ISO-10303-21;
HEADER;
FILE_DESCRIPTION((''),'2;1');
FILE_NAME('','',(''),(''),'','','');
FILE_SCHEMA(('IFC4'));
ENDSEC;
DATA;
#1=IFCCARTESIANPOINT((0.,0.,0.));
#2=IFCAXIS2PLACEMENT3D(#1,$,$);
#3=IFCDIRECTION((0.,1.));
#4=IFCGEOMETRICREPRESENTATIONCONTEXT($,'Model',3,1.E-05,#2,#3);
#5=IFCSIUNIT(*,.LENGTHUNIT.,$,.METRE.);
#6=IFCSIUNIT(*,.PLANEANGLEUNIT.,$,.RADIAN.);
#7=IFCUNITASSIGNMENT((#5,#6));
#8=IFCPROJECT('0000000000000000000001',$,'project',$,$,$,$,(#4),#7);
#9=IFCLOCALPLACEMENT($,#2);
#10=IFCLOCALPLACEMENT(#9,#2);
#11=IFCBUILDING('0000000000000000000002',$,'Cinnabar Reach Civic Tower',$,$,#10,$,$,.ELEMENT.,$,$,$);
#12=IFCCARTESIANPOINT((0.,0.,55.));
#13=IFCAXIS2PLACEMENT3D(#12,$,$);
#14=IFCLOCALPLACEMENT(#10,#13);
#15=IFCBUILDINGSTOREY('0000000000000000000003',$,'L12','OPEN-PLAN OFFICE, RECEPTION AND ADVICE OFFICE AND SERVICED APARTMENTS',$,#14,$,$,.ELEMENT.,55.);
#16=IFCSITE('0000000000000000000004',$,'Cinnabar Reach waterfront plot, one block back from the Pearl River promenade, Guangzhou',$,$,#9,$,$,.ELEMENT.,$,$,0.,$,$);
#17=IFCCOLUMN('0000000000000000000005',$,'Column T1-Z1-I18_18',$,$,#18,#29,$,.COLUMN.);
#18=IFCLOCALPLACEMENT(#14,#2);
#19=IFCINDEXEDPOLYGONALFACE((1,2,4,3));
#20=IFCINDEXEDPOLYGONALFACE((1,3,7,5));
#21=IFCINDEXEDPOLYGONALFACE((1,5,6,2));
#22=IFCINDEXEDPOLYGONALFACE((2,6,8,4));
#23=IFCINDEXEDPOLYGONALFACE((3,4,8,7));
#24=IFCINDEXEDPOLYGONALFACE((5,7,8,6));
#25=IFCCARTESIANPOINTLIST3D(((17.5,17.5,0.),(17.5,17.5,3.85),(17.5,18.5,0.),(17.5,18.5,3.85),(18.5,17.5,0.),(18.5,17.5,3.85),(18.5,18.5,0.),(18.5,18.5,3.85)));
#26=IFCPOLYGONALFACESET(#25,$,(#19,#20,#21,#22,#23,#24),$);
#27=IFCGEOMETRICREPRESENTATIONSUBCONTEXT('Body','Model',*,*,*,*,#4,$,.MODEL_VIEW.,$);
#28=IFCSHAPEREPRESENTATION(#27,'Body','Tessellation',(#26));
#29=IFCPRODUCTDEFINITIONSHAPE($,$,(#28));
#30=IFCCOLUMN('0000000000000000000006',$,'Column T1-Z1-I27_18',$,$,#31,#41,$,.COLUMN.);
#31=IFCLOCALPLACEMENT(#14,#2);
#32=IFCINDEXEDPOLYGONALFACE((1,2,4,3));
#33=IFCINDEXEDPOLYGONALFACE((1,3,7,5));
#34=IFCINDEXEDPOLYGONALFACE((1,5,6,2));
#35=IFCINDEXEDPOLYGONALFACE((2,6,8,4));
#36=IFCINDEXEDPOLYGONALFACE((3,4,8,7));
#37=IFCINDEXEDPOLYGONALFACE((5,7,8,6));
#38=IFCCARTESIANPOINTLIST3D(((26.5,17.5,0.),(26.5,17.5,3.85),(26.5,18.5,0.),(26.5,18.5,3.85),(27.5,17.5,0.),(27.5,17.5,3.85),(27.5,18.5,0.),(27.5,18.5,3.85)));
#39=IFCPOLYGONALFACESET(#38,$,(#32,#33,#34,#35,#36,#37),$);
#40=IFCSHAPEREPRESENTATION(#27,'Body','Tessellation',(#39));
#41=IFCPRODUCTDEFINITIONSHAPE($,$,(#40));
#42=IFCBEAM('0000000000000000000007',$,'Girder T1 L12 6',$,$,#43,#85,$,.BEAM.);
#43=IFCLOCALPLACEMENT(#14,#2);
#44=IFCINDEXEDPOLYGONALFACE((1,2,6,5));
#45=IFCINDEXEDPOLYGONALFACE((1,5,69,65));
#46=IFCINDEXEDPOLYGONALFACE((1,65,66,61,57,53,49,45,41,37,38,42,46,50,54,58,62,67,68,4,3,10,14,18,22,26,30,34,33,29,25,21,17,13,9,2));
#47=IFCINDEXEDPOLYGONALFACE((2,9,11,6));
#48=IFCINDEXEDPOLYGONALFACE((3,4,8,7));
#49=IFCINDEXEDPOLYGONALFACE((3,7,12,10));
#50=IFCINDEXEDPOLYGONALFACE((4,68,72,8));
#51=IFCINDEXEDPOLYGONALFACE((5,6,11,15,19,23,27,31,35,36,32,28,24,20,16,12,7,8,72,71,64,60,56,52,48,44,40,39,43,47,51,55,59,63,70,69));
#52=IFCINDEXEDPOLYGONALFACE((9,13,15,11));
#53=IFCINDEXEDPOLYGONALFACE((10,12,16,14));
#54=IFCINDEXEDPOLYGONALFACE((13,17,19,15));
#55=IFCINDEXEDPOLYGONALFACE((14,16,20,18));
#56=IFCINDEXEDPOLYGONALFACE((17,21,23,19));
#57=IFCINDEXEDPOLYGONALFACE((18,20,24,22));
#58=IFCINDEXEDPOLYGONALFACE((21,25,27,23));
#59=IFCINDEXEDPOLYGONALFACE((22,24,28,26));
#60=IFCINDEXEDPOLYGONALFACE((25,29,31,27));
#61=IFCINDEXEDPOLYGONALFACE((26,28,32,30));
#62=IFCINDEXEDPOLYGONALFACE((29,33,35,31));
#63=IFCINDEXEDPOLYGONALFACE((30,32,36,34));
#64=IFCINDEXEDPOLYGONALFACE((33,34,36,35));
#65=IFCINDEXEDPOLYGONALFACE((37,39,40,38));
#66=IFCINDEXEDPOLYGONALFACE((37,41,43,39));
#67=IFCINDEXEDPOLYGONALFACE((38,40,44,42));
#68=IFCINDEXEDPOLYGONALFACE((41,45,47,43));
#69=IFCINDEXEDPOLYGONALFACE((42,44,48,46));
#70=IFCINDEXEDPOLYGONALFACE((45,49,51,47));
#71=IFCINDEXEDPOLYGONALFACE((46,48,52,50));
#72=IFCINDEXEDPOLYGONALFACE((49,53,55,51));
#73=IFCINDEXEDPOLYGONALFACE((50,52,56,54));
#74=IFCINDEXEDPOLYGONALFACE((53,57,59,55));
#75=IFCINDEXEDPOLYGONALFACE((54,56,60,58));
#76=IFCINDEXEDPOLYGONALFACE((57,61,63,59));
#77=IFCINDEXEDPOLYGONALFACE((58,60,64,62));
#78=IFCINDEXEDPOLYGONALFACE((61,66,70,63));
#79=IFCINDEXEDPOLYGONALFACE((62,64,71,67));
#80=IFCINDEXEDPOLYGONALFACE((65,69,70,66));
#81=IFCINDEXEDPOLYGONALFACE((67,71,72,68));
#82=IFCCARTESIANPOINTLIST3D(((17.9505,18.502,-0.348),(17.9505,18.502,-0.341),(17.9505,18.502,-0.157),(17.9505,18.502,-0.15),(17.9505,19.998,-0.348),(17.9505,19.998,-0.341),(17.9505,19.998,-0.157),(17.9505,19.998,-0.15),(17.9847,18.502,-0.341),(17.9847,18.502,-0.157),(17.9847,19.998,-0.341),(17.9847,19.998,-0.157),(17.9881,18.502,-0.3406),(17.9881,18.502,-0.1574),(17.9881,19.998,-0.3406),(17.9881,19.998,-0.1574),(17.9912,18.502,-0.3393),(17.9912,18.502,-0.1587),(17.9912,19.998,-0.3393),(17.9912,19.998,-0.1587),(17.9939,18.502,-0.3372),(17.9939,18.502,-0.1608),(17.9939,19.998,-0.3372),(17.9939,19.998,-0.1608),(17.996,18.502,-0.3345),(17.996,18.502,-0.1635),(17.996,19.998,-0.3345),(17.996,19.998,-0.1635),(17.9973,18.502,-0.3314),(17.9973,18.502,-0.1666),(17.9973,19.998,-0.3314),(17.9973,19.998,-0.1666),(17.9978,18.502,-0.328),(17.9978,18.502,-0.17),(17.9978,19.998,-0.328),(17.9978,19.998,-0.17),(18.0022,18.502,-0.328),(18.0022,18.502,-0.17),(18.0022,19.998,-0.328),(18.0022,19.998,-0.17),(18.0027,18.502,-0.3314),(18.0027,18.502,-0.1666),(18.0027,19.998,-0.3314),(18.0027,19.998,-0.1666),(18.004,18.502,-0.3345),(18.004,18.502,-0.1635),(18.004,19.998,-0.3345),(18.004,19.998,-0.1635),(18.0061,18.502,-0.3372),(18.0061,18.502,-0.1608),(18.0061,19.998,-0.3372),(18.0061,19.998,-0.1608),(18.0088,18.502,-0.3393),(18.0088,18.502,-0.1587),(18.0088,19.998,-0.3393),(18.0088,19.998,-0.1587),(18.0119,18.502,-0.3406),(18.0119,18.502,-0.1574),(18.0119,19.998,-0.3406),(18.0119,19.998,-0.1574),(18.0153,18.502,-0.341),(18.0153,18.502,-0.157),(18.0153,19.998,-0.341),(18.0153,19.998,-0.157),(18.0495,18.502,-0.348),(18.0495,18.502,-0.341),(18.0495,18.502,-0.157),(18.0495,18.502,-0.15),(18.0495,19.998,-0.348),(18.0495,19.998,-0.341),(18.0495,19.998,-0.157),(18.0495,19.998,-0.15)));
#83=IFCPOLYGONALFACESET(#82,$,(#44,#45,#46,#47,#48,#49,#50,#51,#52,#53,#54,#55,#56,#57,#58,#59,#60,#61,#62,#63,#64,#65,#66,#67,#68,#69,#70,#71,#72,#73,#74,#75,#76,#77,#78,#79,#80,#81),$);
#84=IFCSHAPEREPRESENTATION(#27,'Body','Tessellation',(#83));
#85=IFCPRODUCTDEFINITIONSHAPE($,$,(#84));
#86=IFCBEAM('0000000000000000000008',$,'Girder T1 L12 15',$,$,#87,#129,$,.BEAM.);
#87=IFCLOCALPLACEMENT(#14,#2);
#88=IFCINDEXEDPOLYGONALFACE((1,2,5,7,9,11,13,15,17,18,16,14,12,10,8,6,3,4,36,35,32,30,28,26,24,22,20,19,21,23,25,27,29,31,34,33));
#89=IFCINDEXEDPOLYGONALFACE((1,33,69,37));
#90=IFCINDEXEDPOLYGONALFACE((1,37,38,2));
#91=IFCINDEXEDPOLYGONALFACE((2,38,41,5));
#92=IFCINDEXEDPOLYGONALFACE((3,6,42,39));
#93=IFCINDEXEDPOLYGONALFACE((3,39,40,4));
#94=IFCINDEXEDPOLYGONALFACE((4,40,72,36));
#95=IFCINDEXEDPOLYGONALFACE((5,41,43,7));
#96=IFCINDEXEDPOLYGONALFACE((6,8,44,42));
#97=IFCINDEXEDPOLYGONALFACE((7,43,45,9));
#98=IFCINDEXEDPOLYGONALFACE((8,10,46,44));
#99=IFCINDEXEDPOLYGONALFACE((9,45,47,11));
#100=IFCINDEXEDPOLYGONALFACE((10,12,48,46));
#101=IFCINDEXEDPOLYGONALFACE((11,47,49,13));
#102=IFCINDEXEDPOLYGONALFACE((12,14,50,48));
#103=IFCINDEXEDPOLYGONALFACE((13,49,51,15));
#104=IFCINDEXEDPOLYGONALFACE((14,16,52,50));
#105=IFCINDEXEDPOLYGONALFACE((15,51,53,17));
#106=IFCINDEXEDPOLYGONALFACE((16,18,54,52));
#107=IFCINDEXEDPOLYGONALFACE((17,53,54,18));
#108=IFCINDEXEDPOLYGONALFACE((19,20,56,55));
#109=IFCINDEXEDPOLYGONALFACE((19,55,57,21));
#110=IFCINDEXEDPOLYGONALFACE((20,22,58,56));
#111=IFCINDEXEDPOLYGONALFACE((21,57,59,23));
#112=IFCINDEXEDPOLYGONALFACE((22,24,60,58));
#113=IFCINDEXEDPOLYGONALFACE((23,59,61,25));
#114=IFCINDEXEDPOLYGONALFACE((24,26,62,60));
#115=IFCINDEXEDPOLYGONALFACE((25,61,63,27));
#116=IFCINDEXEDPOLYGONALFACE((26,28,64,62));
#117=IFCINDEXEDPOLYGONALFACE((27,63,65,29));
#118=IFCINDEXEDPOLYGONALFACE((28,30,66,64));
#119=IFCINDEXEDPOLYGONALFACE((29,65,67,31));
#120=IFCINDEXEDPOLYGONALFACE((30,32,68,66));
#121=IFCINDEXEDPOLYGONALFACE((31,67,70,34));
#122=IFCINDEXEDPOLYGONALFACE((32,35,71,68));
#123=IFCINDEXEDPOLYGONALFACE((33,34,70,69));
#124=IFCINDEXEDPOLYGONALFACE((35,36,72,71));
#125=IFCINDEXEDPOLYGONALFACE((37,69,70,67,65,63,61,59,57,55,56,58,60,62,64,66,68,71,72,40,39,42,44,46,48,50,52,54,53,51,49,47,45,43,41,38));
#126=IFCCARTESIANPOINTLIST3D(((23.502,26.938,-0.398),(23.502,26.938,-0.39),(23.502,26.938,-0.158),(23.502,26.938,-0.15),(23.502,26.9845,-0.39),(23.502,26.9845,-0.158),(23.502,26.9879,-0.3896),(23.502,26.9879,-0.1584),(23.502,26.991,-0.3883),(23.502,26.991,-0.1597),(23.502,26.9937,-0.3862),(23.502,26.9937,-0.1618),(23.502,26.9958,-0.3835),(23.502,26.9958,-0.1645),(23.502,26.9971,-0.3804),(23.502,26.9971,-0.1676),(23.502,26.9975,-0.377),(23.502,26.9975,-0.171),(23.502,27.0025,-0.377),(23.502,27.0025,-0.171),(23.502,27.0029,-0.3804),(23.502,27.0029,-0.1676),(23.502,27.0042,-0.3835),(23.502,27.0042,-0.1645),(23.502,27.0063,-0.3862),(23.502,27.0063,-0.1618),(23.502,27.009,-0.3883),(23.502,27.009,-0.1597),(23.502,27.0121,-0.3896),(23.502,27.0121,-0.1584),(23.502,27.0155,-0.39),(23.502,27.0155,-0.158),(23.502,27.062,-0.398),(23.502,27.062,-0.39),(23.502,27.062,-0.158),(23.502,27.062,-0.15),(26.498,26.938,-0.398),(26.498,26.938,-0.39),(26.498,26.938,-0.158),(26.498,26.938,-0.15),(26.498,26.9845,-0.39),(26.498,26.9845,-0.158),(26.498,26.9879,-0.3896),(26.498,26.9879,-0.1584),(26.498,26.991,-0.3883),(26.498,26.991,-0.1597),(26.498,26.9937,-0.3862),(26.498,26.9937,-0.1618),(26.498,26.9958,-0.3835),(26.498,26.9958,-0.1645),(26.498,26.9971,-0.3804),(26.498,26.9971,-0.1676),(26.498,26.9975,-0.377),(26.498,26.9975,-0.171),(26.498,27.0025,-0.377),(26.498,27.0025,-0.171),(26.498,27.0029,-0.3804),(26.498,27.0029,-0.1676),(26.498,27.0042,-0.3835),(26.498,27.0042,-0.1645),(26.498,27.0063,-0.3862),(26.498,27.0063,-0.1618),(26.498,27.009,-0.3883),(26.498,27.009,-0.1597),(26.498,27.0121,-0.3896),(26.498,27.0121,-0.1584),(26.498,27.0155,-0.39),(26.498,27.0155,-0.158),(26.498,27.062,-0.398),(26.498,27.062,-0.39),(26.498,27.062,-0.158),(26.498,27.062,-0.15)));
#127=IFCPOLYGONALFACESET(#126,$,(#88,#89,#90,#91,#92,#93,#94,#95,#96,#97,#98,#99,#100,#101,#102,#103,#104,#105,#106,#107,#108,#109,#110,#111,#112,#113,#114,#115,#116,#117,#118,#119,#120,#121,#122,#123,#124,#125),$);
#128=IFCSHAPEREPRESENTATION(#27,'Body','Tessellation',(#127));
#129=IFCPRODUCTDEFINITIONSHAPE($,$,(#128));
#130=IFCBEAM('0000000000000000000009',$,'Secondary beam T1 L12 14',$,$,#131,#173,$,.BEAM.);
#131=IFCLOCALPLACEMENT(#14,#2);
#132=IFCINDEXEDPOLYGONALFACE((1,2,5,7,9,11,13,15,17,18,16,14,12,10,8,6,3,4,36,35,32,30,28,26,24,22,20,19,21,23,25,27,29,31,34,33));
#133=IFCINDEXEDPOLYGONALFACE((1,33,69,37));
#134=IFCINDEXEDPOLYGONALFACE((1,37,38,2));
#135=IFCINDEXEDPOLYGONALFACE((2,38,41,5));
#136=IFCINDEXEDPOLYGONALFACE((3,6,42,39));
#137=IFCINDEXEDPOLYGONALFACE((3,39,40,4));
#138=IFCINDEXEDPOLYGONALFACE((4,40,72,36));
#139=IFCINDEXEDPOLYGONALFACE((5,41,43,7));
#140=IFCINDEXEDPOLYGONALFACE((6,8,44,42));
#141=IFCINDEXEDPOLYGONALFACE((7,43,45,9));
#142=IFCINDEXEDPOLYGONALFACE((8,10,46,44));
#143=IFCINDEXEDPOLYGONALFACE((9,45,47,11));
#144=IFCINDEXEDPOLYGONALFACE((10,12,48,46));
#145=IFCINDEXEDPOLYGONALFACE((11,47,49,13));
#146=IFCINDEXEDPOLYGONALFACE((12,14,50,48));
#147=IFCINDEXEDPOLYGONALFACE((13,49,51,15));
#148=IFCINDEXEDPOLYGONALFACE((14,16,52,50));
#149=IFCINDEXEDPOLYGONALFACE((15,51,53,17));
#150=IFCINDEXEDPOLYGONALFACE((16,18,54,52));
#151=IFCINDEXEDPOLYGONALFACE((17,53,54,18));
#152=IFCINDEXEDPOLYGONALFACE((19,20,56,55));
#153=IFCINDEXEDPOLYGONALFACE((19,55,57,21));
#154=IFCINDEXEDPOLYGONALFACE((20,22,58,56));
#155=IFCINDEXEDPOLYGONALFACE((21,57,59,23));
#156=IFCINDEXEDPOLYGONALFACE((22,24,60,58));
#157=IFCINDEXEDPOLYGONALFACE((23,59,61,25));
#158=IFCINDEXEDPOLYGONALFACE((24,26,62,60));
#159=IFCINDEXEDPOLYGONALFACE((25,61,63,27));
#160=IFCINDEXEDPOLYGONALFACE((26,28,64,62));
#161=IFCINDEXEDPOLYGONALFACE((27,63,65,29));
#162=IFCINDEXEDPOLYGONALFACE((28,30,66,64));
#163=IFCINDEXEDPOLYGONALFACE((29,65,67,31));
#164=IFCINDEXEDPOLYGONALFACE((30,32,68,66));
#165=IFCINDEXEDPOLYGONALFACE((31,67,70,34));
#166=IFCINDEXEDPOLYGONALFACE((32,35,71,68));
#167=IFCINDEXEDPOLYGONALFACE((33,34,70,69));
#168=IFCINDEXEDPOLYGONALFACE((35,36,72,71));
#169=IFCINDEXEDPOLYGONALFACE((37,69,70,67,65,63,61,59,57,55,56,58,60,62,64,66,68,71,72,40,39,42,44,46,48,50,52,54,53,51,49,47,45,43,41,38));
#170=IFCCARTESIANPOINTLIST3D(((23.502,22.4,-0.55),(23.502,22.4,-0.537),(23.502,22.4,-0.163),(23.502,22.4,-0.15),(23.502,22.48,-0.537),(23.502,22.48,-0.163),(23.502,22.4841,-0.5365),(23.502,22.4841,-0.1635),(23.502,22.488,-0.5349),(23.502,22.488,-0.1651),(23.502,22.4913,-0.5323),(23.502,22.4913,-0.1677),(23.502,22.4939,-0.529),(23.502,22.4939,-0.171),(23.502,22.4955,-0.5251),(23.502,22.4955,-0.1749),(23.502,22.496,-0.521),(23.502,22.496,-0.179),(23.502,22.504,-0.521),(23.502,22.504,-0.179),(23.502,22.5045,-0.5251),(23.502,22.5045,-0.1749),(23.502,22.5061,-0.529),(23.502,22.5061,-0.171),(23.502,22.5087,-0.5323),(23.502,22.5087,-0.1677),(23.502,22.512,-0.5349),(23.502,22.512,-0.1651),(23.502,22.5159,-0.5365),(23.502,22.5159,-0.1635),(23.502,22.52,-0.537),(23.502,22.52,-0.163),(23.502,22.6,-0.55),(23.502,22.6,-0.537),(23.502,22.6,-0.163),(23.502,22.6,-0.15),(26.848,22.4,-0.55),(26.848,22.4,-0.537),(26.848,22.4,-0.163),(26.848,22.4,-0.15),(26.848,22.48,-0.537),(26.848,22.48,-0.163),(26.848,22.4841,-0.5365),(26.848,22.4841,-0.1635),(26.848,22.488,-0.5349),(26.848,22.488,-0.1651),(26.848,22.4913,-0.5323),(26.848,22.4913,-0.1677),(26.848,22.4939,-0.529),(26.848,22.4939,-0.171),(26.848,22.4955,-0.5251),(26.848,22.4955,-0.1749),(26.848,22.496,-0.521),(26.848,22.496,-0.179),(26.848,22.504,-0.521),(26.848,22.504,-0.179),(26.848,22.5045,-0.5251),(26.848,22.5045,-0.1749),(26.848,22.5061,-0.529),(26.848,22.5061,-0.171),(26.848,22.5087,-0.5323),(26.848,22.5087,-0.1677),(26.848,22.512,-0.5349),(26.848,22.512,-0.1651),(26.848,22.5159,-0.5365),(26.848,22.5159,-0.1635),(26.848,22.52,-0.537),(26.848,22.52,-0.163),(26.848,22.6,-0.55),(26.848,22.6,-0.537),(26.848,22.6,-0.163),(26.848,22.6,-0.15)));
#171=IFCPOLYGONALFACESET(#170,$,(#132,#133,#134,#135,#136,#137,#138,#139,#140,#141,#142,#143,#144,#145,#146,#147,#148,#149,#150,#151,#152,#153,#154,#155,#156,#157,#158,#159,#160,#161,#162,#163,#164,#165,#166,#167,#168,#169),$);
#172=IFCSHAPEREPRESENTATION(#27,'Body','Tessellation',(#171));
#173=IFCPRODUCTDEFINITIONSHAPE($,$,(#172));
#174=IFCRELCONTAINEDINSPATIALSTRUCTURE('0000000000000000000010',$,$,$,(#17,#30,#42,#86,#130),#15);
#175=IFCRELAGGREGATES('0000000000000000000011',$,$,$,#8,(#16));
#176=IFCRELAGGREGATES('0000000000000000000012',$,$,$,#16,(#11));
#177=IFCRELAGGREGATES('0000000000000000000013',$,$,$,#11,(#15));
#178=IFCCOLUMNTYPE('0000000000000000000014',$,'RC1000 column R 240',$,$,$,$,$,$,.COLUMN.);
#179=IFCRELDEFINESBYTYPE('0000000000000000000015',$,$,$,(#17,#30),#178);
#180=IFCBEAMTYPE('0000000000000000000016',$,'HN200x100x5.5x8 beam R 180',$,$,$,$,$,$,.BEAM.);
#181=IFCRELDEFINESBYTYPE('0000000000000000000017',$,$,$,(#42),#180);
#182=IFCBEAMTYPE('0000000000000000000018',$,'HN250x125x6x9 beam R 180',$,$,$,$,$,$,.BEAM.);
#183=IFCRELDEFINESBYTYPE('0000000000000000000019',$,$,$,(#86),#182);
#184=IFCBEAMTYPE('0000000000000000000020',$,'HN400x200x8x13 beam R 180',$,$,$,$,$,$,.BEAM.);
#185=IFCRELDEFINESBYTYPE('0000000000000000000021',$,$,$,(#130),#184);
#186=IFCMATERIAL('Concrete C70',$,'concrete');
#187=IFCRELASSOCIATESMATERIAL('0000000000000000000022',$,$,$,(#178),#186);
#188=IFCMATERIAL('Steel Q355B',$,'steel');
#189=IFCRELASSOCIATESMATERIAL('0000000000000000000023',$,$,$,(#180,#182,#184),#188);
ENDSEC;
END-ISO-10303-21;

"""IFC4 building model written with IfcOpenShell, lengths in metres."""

from ifc_helpers import new_model, si_unit, direction, frame, origin, origin_2d, place, context, subcontext, project, spatial, rectangle, i_section, extrude, material, material_profile, profile_set, type_object, element, save


model = new_model("IFC4")

# Units and contexts
model_context = context("Model", 3, precision=1e-05, world=origin(), true_north=direction((0.0, 1.0)))
body_context = subcontext(model_context, "Body", "Model", "MODEL_VIEW")
ifc_project = project(units=[si_unit("LENGTHUNIT", "METRE"), si_unit("PLANEANGLEUNIT", "RADIAN")], contexts=[model_context])

# Site, building, storey
site_placement = place(None, origin())
site = spatial("IfcSite", under=ifc_project, at=site_placement, Name="Cinnabar Reach waterfront plot, one block back from the Pearl River promenade, Guangzhou", CompositionType="ELEMENT", RefElevation=0.0)
building_placement = place(site_placement, origin())
building = spatial("IfcBuilding", under=site, at=building_placement, Name="Cinnabar Reach Civic Tower", CompositionType="ELEMENT")
storey_placement = place(building_placement, frame((0.0, 0.0, 55.0)))
storey = spatial("IfcBuildingStorey", under=building, at=storey_placement, Name="L12", Description="OPEN-PLAN OFFICE, RECEPTION AND ADVICE OFFICE AND SERVICED APARTMENTS", CompositionType="ELEMENT", Elevation=55.0)

# Columns
ifc_material_1 = material(Name="Concrete C70", Category="concrete")
ifc_material_profile_1 = material_profile(ifc_material_1, rectangle(XDim=1.0, YDim=1.0, at=origin_2d()), Name="RC1000")
ifc_profile_set_1 = profile_set([ifc_material_profile_1], Name="Concrete C70")
column_type = type_object("IfcColumnType", Name="RC1000 column R 240", PredefinedType="COLUMN", material=ifc_profile_set_1)
for number, where, z_axis, x_axis, name in (
    (1, (18.0, 18.0, 0.0), (0.0, 0.0, 1.0), (1.0, 0.0, 0.0), "Column T1-Z1-I18_18"),
    (2, (27.0, 18.0, 0.0), (0.0, 0.0, 1.0), (1.0, 0.0, 0.0), "Column T1-Z1-I27_18"),
):
    element("IfcColumn", number, at=place(storey_placement, frame(where, z_axis=z_axis, x_axis=x_axis)), inside=storey, type_object=column_type, Name=name, PredefinedType="COLUMN", context=body_context, shape_type="SweptSolid", body=[
        extrude(rectangle(XDim=1.0, YDim=1.0, at=origin_2d()), origin(), (0.0, 0.0, 1.0), 3.85),
    ])

# Beams
ifc_material_2 = material(Name="Steel Q355B", Category="steel")
ifc_material_profile_2 = material_profile(ifc_material_2, i_section(OverallWidth=0.099, OverallDepth=0.198, WebThickness=0.0045, FlangeThickness=0.007, FilletRadius=0.013, at=origin_2d()), Name="HN200x100x5.5x8")
ifc_profile_set_2 = profile_set([ifc_material_profile_2], Name="Steel Q355B")
beam_type_1 = type_object("IfcBeamType", Name="HN200x100x5.5x8 beam R 180", PredefinedType="BEAM", material=ifc_profile_set_2)
beam_1_placement = place(storey_placement, frame((18.0, 18.502, -0.249), z_axis=(0.0, 1.0, 0.0), x_axis=(-1.0, 0.0, 0.0)))
element("IfcBeam", 3, at=beam_1_placement, inside=storey, type_object=beam_type_1, Name="Girder T1 L12 6", PredefinedType="BEAM", context=body_context, shape_type="SweptSolid", body=[
    extrude(i_section(OverallWidth=0.099, OverallDepth=0.198, WebThickness=0.0045, FlangeThickness=0.007, FilletRadius=0.013, at=origin_2d()), origin(), (0.0, 0.0, 1.0), 1.496),
])
ifc_material_profile_3 = material_profile(ifc_material_2, i_section(OverallWidth=0.124, OverallDepth=0.248, WebThickness=0.005, FlangeThickness=0.008, FilletRadius=0.013, at=origin_2d()), Name="HN250x125x6x9")
ifc_profile_set_3 = profile_set([ifc_material_profile_3], Name="Steel Q355B")
beam_type_2 = type_object("IfcBeamType", Name="HN250x125x6x9 beam R 180", PredefinedType="BEAM", material=ifc_profile_set_3)
beam_2_placement = place(storey_placement, frame((23.502, 27.0, -0.274), z_axis=(1.0, 0.0, 0.0), x_axis=(0.0, 1.0, 0.0)))
element("IfcBeam", 4, at=beam_2_placement, inside=storey, type_object=beam_type_2, Name="Girder T1 L12 15", PredefinedType="BEAM", context=body_context, shape_type="SweptSolid", body=[
    extrude(i_section(OverallWidth=0.124, OverallDepth=0.248, WebThickness=0.005, FlangeThickness=0.008, FilletRadius=0.013, at=origin_2d()), origin(), (0.0, 0.0, 1.0), 2.996),
])
ifc_material_profile_4 = material_profile(ifc_material_2, i_section(OverallWidth=0.2, OverallDepth=0.4, WebThickness=0.008, FlangeThickness=0.013, FilletRadius=0.016, at=origin_2d()), Name="HN400x200x8x13")
ifc_profile_set_4 = profile_set([ifc_material_profile_4], Name="Steel Q355B")
beam_type_3 = type_object("IfcBeamType", Name="HN400x200x8x13 beam R 180", PredefinedType="BEAM", material=ifc_profile_set_4)
beam_3_placement = place(storey_placement, frame((23.502, 22.5, -0.35), z_axis=(1.0, 0.0, 0.0), x_axis=(0.0, 1.0, 0.0)))
element("IfcBeam", 5, at=beam_3_placement, inside=storey, type_object=beam_type_3, Name="Secondary beam T1 L12 14", PredefinedType="BEAM", context=body_context, shape_type="SweptSolid", body=[
    extrude(i_section(OverallWidth=0.2, OverallDepth=0.4, WebThickness=0.008, FlangeThickness=0.013, FilletRadius=0.016, at=origin_2d()), origin(), (0.0, 0.0, 1.0), 3.346),
])

save(model, "model.ifc")
